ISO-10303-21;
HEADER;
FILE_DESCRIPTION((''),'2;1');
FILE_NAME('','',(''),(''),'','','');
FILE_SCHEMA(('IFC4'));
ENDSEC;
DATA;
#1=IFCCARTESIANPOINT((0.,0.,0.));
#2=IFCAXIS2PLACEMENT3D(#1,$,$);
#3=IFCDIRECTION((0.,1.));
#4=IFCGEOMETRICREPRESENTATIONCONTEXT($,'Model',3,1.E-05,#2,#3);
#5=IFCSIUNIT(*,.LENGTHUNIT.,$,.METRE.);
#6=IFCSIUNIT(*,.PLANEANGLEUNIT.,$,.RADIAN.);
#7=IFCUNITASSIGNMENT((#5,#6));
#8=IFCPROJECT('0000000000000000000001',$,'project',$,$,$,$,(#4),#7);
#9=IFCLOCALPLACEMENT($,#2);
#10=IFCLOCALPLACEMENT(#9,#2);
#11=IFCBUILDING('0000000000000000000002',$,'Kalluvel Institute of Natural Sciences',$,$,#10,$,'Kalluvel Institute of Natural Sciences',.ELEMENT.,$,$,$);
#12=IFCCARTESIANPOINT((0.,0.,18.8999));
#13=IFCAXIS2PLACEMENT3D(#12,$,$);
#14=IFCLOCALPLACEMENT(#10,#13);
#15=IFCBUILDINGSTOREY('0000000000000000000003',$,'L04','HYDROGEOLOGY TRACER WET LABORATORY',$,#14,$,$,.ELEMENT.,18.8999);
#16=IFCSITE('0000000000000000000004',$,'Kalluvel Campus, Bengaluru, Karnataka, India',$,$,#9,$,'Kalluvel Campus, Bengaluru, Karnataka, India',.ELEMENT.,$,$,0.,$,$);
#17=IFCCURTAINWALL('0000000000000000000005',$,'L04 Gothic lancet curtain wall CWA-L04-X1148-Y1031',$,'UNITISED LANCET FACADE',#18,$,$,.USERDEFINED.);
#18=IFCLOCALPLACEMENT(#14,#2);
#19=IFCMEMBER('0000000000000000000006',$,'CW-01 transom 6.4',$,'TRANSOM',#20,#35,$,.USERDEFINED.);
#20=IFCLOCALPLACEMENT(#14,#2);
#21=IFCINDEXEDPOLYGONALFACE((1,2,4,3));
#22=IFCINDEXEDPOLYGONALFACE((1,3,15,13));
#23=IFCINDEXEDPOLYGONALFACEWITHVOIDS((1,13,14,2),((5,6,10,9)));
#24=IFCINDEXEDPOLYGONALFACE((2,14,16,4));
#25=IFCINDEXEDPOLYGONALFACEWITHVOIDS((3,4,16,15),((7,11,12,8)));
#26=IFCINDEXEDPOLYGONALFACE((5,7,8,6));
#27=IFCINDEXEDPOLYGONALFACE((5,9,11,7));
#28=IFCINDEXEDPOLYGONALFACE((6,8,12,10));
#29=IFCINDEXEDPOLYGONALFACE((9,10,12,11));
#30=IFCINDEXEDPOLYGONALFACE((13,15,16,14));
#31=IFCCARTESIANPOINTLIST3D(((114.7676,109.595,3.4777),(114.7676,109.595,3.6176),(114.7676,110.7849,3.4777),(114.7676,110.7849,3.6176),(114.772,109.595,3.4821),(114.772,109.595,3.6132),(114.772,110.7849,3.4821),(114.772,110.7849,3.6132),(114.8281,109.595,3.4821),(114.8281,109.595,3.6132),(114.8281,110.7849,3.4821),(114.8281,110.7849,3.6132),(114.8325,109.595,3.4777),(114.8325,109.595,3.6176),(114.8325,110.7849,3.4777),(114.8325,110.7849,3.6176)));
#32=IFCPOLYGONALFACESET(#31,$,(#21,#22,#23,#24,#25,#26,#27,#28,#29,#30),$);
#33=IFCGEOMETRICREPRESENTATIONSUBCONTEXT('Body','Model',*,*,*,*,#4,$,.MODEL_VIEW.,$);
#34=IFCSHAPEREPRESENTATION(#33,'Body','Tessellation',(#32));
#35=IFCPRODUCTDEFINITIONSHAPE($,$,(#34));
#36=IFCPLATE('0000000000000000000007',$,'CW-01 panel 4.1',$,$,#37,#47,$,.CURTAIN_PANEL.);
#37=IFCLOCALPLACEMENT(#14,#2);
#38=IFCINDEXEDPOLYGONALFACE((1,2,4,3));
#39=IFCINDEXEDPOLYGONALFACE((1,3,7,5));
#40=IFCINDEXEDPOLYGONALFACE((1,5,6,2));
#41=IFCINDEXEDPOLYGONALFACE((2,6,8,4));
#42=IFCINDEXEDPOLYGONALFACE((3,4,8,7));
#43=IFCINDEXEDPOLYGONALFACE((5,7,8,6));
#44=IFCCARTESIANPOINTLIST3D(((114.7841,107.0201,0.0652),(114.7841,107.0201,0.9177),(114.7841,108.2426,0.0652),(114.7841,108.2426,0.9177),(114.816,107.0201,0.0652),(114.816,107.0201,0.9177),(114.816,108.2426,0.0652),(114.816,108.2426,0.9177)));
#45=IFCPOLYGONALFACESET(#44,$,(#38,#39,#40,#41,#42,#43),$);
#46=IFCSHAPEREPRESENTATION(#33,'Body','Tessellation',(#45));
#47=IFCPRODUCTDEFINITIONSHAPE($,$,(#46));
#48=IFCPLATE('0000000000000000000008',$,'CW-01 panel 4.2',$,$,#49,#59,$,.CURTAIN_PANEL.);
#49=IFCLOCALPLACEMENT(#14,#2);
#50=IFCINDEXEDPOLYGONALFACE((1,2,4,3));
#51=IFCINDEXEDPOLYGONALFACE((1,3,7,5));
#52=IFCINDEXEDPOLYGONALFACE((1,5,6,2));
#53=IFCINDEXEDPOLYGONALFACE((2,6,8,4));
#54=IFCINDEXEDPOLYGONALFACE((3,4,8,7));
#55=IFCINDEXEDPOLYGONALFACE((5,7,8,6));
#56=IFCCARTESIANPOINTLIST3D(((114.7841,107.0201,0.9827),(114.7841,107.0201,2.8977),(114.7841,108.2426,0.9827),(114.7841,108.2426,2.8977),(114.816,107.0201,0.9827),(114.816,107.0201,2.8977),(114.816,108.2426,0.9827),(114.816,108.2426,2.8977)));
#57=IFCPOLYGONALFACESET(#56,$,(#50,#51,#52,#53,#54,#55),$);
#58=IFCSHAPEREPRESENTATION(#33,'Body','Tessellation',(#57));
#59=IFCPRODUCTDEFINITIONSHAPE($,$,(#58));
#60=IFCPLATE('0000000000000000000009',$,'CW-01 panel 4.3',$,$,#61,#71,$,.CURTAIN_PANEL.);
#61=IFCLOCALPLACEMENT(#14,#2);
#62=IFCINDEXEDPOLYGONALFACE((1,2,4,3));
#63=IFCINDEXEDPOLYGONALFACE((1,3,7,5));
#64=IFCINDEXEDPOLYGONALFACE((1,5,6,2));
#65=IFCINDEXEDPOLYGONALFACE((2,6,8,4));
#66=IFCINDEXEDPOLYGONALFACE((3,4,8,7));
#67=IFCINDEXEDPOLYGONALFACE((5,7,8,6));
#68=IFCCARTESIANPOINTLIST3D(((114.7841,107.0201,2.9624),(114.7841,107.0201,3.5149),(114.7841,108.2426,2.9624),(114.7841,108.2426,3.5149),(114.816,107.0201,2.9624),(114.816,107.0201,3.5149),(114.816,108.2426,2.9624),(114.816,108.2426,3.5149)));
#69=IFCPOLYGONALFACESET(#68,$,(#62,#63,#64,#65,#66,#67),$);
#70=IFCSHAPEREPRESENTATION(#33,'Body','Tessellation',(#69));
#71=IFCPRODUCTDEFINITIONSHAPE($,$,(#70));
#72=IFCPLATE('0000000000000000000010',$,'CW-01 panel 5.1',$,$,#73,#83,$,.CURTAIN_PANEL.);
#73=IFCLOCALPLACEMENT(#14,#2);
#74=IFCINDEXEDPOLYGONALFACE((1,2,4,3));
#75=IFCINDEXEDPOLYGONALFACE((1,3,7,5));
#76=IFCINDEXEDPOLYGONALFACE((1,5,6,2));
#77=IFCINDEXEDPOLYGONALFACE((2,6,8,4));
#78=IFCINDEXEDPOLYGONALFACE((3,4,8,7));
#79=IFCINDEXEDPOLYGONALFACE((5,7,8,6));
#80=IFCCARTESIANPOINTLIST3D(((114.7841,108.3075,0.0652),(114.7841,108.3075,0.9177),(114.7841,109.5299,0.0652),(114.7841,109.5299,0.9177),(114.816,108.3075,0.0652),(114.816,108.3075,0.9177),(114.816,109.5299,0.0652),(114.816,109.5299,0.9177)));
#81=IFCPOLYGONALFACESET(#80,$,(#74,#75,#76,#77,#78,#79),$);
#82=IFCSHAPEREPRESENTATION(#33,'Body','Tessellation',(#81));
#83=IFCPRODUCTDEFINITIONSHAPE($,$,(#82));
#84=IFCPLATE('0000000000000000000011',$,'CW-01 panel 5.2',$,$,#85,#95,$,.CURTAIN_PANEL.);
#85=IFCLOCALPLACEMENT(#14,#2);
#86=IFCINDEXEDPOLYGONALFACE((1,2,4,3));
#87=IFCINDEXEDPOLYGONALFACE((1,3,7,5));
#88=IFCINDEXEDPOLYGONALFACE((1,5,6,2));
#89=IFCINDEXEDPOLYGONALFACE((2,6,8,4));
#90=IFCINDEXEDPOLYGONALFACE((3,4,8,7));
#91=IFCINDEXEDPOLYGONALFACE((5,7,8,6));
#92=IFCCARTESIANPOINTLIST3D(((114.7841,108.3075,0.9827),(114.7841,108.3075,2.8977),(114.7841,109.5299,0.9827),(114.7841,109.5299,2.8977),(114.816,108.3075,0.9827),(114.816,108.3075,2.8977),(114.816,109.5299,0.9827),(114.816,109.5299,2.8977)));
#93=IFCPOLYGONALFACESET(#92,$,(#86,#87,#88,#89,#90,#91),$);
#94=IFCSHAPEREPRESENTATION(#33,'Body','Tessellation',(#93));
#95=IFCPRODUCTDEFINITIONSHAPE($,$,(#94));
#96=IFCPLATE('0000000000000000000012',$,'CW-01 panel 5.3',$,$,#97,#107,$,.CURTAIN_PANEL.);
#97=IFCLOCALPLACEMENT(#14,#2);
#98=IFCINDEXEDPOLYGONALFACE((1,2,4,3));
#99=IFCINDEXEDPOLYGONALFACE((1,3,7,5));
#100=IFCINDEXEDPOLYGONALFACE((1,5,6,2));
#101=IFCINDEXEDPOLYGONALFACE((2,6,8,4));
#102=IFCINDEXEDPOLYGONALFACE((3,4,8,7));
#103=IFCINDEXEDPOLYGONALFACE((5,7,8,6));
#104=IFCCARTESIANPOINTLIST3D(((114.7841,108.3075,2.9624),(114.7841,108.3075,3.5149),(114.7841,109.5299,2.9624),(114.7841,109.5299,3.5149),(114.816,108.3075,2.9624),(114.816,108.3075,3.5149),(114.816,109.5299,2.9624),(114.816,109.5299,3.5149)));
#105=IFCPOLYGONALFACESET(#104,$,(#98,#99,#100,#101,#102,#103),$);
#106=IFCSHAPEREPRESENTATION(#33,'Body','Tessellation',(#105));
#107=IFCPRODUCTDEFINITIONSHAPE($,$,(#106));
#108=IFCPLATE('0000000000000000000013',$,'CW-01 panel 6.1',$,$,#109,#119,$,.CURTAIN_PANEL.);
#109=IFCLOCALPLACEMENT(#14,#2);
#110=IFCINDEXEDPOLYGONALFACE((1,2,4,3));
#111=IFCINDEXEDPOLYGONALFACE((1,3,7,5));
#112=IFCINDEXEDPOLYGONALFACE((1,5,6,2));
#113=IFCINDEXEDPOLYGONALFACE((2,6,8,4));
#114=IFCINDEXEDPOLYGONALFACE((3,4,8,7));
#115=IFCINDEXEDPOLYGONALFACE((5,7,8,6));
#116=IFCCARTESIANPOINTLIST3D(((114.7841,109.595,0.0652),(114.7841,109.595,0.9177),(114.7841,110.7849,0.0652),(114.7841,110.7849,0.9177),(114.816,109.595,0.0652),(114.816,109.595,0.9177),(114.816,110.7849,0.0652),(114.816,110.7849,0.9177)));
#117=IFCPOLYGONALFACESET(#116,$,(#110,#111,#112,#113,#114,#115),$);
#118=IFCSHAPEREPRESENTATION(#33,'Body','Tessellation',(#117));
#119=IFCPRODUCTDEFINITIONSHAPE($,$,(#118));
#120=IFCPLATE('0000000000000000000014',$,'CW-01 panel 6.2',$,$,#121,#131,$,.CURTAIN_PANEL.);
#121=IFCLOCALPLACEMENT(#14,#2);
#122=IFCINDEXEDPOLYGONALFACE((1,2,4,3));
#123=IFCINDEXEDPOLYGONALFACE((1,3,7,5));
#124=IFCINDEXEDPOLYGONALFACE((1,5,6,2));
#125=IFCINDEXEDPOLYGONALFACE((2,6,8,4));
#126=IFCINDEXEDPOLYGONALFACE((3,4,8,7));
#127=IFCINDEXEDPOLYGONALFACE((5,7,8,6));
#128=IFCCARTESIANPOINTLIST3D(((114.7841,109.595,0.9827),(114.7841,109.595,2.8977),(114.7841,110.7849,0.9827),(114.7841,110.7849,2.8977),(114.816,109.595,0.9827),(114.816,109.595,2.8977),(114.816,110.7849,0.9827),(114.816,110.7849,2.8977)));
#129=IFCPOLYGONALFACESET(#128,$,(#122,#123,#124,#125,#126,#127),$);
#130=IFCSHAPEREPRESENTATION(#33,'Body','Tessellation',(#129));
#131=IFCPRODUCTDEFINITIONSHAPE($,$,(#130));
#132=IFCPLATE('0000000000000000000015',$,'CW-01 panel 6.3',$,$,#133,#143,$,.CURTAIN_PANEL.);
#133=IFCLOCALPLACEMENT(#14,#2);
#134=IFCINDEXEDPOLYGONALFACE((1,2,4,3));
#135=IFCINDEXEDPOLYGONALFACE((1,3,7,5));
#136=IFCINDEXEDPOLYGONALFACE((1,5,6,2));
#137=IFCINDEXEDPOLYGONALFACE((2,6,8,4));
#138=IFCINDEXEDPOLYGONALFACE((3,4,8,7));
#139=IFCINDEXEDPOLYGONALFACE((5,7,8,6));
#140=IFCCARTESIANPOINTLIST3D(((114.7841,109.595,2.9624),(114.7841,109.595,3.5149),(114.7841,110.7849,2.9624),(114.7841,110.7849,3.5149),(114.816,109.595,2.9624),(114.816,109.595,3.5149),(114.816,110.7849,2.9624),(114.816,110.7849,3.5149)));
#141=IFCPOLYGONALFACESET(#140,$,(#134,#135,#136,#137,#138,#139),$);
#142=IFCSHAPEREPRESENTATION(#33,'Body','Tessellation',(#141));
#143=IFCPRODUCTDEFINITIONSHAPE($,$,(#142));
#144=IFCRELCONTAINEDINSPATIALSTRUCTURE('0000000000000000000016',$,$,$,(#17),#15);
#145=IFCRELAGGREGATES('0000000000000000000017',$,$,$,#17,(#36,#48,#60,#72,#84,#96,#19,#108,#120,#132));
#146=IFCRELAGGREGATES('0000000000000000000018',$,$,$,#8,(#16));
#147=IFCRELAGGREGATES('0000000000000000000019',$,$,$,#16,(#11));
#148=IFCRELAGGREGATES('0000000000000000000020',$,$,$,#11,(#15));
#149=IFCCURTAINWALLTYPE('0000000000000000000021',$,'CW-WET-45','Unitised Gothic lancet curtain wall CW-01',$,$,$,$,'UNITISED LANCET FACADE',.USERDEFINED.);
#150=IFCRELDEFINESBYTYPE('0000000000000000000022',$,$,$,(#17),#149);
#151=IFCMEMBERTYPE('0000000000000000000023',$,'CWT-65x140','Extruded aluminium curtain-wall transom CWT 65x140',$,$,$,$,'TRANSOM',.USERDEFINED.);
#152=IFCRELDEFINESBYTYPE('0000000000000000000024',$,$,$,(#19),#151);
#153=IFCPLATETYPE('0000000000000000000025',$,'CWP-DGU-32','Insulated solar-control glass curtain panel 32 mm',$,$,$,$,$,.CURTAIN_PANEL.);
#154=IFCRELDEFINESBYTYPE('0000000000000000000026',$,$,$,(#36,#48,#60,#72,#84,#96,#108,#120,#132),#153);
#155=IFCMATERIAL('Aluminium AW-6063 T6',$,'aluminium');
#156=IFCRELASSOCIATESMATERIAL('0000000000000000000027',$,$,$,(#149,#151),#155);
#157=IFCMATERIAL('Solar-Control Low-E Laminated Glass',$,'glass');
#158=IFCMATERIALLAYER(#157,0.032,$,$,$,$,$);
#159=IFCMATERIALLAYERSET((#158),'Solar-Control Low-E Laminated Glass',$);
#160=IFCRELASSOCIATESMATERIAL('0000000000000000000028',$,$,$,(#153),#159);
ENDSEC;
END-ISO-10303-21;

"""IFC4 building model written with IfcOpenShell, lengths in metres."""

from ifc_helpers import new_model, si_unit, direction, frame, origin, origin_2d, place, context, subcontext, project, spatial, rectangle, hollow_rectangle, extrude, material, layer, layer_set, material_profile, profile_set, type_object, element, aggregate, save


model = new_model("IFC4")

# Units and contexts
model_context = context("Model", 3, precision=1e-05, world=origin(), true_north=direction((0.0, 1.0)))
body_context = subcontext(model_context, "Body", "Model", "MODEL_VIEW")
ifc_project = project(units=[si_unit("LENGTHUNIT", "METRE"), si_unit("PLANEANGLEUNIT", "RADIAN")], contexts=[model_context])

# Site, building, storey
site_placement = place(None, origin())
site = spatial("IfcSite", under=ifc_project, at=site_placement, Name="Kalluvel Campus, Bengaluru, Karnataka, India", LongName="Kalluvel Campus, Bengaluru, Karnataka, India", CompositionType="ELEMENT", RefElevation=0.0)
building_placement = place(site_placement, origin())
building = spatial("IfcBuilding", under=site, at=building_placement, Name="Kalluvel Institute of Natural Sciences", LongName="Kalluvel Institute of Natural Sciences", CompositionType="ELEMENT")
storey_placement = place(building_placement, frame((0.0, 0.0, 18.8999)))
storey = spatial("IfcBuildingStorey", under=building, at=storey_placement, Name="L04", Description="HYDROGEOLOGY TRACER WET LABORATORY", CompositionType="ELEMENT", Elevation=18.8999)

# Curtain wall, member, plates
ifc_material_1 = material(Name="Aluminium AW-6063 T6", Category="aluminium")
curtain_wall_type = type_object("IfcCurtainWallType", Name="CW-WET-45", Description="Unitised Gothic lancet curtain wall CW-01", ElementType="UNITISED LANCET FACADE", PredefinedType="USERDEFINED", material=ifc_material_1)
curtain_wall_placement = place(storey_placement, origin())
curtain_wall = element("IfcCurtainWall", 1, at=curtain_wall_placement, inside=storey, type_object=curtain_wall_type, Name="L04 Gothic lancet curtain wall CWA-L04-X1148-Y1031", ObjectType="UNITISED LANCET FACADE", PredefinedType="USERDEFINED")
ifc_material_profile_1 = material_profile(ifc_material_1, hollow_rectangle(XDim=0.0649, YDim=0.1399, WallThickness=0.0044, at=origin_2d()), Name="CWT 65x140")
ifc_profile_set_1 = profile_set([ifc_material_profile_1], Name="Aluminium AW-6063 T6")
member_type_1 = type_object("IfcMemberType", Name="CWT-65x140", Description="Extruded aluminium curtain-wall transom CWT 65x140", ElementType="TRANSOM", PredefinedType="USERDEFINED", material=ifc_profile_set_1)
member_1_placement = place(storey_placement, frame((114.8, 109.595, 3.5476), z_axis=(0.0, 1.0, 0.0), x_axis=(-1.0, 0.0, 0.0)))
member_1 = element("IfcMember", 2, at=member_1_placement, type_object=member_type_1, Name="CW-01 transom 6.4", ObjectType="TRANSOM", PredefinedType="USERDEFINED", context=body_context, shape_type="SweptSolid", body=[
    extrude(hollow_rectangle(XDim=0.0649, YDim=0.1399, WallThickness=0.0044, at=origin_2d()), origin(), (0.0, 0.0, 1.0), 1.1899),
])
ifc_material_2 = material(Name="Solar-Control Low-E Laminated Glass", Category="glass")
ifc_layer = layer(ifc_material_2, 0.032)
ifc_layer_set = layer_set([ifc_layer], Name="Solar-Control Low-E Laminated Glass")
plate_type = type_object("IfcPlateType", Name="CWP-DGU-32", Description="Insulated solar-control glass curtain panel 32 mm", PredefinedType="CURTAIN_PANEL", material=ifc_layer_set)
plate_1_placement = place(storey_placement, frame((114.8, 107.6313, 0.0652), z_axis=(0.0, 0.0, 1.0), x_axis=(0.0, 1.0, 0.0)))
plate_1 = element("IfcPlate", 3, at=plate_1_placement, type_object=plate_type, Name="CW-01 panel 4.1", PredefinedType="CURTAIN_PANEL", context=body_context, shape_type="SweptSolid", body=[
    extrude(rectangle(XDim=1.2224, YDim=0.032, at=origin_2d()), origin(), (0.0, 0.0, 1.0), 0.8525),
])
plate_2_placement = place(storey_placement, frame((114.8, 107.6313, 0.9827), z_axis=(0.0, 0.0, 1.0), x_axis=(0.0, 1.0, 0.0)))
plate_2 = element("IfcPlate", 4, at=plate_2_placement, type_object=plate_type, Name="CW-01 panel 4.2", PredefinedType="CURTAIN_PANEL", context=body_context, shape_type="SweptSolid", body=[
    extrude(rectangle(XDim=1.2224, YDim=0.032, at=origin_2d()), origin(), (0.0, 0.0, 1.0), 1.915),
])
plate_3_placement = place(storey_placement, frame((114.8, 107.6313, 2.9624), z_axis=(0.0, 0.0, 1.0), x_axis=(0.0, 1.0, 0.0)))
plate_3 = element("IfcPlate", 5, at=plate_3_placement, type_object=plate_type, Name="CW-01 panel 4.3", PredefinedType="CURTAIN_PANEL", context=body_context, shape_type="SweptSolid", body=[
    extrude(rectangle(XDim=1.2224, YDim=0.032, at=origin_2d()), origin(), (0.0, 0.0, 1.0), 0.5525),
])
plate_4_placement = place(storey_placement, frame((114.8, 108.9187, 0.0652), z_axis=(0.0, 0.0, 1.0), x_axis=(0.0, 1.0, 0.0)))
plate_4 = element("IfcPlate", 6, at=plate_4_placement, type_object=plate_type, Name="CW-01 panel 5.1", PredefinedType="CURTAIN_PANEL", context=body_context, shape_type="SweptSolid", body=[
    extrude(rectangle(XDim=1.2224, YDim=0.032, at=origin_2d()), origin(), (0.0, 0.0, 1.0), 0.8525),
])
plate_5_placement = place(storey_placement, frame((114.8, 108.9187, 0.9827), z_axis=(0.0, 0.0, 1.0), x_axis=(0.0, 1.0, 0.0)))
plate_5 = element("IfcPlate", 7, at=plate_5_placement, type_object=plate_type, Name="CW-01 panel 5.2", PredefinedType="CURTAIN_PANEL", context=body_context, shape_type="SweptSolid", body=[
    extrude(rectangle(XDim=1.2224, YDim=0.032, at=origin_2d()), origin(), (0.0, 0.0, 1.0), 1.915),
])
plate_6_placement = place(storey_placement, frame((114.8, 108.9187, 2.9624), z_axis=(0.0, 0.0, 1.0), x_axis=(0.0, 1.0, 0.0)))
plate_6 = element("IfcPlate", 8, at=plate_6_placement, type_object=plate_type, Name="CW-01 panel 5.3", PredefinedType="CURTAIN_PANEL", context=body_context, shape_type="SweptSolid", body=[
    extrude(rectangle(XDim=1.2224, YDim=0.032, at=origin_2d()), origin(), (0.0, 0.0, 1.0), 0.5525),
])
plate_7_placement = place(storey_placement, frame((114.8, 110.1899, 0.0652), z_axis=(0.0, 0.0, 1.0), x_axis=(0.0, 1.0, 0.0)))
plate_7 = element("IfcPlate", 9, at=plate_7_placement, type_object=plate_type, Name="CW-01 panel 6.1", PredefinedType="CURTAIN_PANEL", context=body_context, shape_type="SweptSolid", body=[
    extrude(rectangle(XDim=1.1899, YDim=0.032, at=origin_2d()), origin(), (0.0, 0.0, 1.0), 0.8525),
])
plate_8_placement = place(storey_placement, frame((114.8, 110.1899, 0.9827), z_axis=(0.0, 0.0, 1.0), x_axis=(0.0, 1.0, 0.0)))
plate_8 = element("IfcPlate", 10, at=plate_8_placement, type_object=plate_type, Name="CW-01 panel 6.2", PredefinedType="CURTAIN_PANEL", context=body_context, shape_type="SweptSolid", body=[
    extrude(rectangle(XDim=1.1899, YDim=0.032, at=origin_2d()), origin(), (0.0, 0.0, 1.0), 1.915),
])
plate_9_placement = place(storey_placement, frame((114.8, 110.1899, 2.9624), z_axis=(0.0, 0.0, 1.0), x_axis=(0.0, 1.0, 0.0)))
plate_9 = element("IfcPlate", 11, at=plate_9_placement, type_object=plate_type, Name="CW-01 panel 6.3", PredefinedType="CURTAIN_PANEL", context=body_context, shape_type="SweptSolid", body=[
    extrude(rectangle(XDim=1.1899, YDim=0.032, at=origin_2d()), origin(), (0.0, 0.0, 1.0), 0.5525),
])
aggregate(curtain_wall, [plate_1, plate_2, plate_3, plate_4, plate_5, plate_6, member_1, plate_7, plate_8, plate_9])

save(model, "model.ifc")
